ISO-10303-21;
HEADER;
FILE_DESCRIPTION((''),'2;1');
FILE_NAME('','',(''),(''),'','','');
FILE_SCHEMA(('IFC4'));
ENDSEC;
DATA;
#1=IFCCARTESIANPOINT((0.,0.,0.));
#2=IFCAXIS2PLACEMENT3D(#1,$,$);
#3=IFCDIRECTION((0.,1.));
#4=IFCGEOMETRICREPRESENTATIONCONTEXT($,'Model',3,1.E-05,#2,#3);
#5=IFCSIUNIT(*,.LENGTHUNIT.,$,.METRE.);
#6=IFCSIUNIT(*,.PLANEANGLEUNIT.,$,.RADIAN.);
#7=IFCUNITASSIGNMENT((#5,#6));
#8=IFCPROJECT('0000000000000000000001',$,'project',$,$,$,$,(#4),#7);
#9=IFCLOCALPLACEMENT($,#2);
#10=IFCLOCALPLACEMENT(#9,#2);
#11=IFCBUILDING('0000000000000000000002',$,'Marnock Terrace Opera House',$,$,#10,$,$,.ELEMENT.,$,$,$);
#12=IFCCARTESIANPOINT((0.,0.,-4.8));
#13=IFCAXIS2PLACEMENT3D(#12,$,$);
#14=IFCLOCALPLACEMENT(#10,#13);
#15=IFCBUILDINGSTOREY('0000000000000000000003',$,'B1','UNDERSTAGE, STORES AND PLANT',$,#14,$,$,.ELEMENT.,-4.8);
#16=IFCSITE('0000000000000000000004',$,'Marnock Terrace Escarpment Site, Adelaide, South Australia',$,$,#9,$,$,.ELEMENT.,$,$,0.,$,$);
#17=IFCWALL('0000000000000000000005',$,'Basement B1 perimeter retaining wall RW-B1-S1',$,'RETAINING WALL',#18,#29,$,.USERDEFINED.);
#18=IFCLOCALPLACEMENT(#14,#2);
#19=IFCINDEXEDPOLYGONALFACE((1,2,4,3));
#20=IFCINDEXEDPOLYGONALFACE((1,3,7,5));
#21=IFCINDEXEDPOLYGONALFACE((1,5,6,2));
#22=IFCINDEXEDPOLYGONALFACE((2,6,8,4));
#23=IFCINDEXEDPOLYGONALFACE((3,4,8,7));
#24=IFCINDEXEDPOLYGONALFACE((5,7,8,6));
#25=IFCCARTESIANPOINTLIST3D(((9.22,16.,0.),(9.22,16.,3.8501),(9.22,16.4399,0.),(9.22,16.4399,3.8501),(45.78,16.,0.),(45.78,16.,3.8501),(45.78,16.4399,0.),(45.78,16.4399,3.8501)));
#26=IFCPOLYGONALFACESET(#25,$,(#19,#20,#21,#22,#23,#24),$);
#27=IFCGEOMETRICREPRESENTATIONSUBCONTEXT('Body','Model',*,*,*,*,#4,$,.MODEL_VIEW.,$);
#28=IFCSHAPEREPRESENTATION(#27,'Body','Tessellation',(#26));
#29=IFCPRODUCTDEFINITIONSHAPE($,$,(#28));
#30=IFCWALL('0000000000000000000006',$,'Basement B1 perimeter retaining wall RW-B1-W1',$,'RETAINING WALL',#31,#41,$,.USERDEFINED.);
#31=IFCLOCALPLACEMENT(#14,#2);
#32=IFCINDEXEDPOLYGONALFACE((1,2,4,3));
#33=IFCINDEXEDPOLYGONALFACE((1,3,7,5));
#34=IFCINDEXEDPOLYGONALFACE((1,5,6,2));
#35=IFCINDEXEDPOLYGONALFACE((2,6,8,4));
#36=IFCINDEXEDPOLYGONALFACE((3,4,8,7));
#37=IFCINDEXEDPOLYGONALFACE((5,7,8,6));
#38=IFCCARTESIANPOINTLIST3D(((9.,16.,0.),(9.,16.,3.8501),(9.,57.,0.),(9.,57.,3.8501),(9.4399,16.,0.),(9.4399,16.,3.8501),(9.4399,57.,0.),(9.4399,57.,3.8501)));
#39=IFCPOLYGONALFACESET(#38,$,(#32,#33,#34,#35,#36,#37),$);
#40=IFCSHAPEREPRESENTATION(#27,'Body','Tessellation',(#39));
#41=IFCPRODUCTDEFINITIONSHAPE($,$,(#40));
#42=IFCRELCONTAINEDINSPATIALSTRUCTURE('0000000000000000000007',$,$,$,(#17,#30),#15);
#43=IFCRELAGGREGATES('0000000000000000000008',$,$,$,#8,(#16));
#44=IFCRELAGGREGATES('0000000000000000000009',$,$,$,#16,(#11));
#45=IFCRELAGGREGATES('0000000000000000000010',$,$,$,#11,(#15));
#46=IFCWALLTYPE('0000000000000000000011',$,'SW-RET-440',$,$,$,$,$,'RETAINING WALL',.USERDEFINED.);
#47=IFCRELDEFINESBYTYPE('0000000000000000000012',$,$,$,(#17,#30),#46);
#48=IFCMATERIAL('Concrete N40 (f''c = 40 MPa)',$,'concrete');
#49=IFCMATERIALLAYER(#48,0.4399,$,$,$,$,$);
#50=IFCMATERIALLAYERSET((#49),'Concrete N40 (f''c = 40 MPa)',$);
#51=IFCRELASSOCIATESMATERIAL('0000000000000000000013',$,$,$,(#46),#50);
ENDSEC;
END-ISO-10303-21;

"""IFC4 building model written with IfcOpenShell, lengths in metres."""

from ifc_helpers import new_model, si_unit, direction, frame, frame_2d, origin, place, context, subcontext, project, spatial, rectangle, extrude, material, layer, layer_set, type_object, element, save


model = new_model("IFC4")

# Units and contexts
model_context = context("Model", 3, precision=1e-05, world=origin(), true_north=direction((0.0, 1.0)))
body_context = subcontext(model_context, "Body", "Model", "MODEL_VIEW")
ifc_project = project(units=[si_unit("LENGTHUNIT", "METRE"), si_unit("PLANEANGLEUNIT", "RADIAN")], contexts=[model_context])

# Site, building, storey
site_placement = place(None, origin())
site = spatial("IfcSite", under=ifc_project, at=site_placement, Name="Marnock Terrace Escarpment Site, Adelaide, South Australia", CompositionType="ELEMENT", RefElevation=0.0)
building_placement = place(site_placement, origin())
building = spatial("IfcBuilding", under=site, at=building_placement, Name="Marnock Terrace Opera House", CompositionType="ELEMENT")
storey_placement = place(building_placement, frame((0.0, 0.0, -4.8)))
storey = spatial("IfcBuildingStorey", under=building, at=storey_placement, Name="B1", Description="UNDERSTAGE, STORES AND PLANT", CompositionType="ELEMENT", Elevation=-4.8)

# Shared definitions
ifc_material_1 = material(Name="Concrete N40 (f'c = 40 MPa)", Category="concrete")

# Walls
ifc_layer_1 = layer(ifc_material_1, 0.4399)
ifc_layer_set_1 = layer_set([ifc_layer_1], Name="Concrete N40 (f'c = 40 MPa)")
wall_type = type_object("IfcWallType", Name="SW-RET-440", ElementType="RETAINING WALL", PredefinedType="USERDEFINED", material=ifc_layer_set_1)
wall_1_placement = place(storey_placement, frame((9.22, 16.22, 0.0), z_axis=(0.0, 0.0, 1.0), x_axis=(1.0, 0.0, 0.0)))
element("IfcWall", 1, at=wall_1_placement, inside=storey, type_object=wall_type, Name="Basement B1 perimeter retaining wall RW-B1-S1", ObjectType="RETAINING WALL", PredefinedType="USERDEFINED", context=body_context, shape_type="SweptSolid", body=[
    extrude(rectangle(XDim=36.5601, YDim=0.4399, at=frame_2d((18.28, 0.0))), origin(), (0.0, 0.0, 1.0), 3.8501),
])
wall_2_placement = place(storey_placement, frame((9.22, 16.0, 0.0), z_axis=(0.0, 0.0, 1.0), x_axis=(0.0, 1.0, 0.0)))
element("IfcWall", 2, at=wall_2_placement, inside=storey, type_object=wall_type, Name="Basement B1 perimeter retaining wall RW-B1-W1", ObjectType="RETAINING WALL", PredefinedType="USERDEFINED", context=body_context, shape_type="SweptSolid", body=[
    extrude(rectangle(XDim=41.0, YDim=0.4399, at=frame_2d((20.5, 0.0))), origin(), (0.0, 0.0, 1.0), 3.8501),
])

save(model, "model.ifc")
